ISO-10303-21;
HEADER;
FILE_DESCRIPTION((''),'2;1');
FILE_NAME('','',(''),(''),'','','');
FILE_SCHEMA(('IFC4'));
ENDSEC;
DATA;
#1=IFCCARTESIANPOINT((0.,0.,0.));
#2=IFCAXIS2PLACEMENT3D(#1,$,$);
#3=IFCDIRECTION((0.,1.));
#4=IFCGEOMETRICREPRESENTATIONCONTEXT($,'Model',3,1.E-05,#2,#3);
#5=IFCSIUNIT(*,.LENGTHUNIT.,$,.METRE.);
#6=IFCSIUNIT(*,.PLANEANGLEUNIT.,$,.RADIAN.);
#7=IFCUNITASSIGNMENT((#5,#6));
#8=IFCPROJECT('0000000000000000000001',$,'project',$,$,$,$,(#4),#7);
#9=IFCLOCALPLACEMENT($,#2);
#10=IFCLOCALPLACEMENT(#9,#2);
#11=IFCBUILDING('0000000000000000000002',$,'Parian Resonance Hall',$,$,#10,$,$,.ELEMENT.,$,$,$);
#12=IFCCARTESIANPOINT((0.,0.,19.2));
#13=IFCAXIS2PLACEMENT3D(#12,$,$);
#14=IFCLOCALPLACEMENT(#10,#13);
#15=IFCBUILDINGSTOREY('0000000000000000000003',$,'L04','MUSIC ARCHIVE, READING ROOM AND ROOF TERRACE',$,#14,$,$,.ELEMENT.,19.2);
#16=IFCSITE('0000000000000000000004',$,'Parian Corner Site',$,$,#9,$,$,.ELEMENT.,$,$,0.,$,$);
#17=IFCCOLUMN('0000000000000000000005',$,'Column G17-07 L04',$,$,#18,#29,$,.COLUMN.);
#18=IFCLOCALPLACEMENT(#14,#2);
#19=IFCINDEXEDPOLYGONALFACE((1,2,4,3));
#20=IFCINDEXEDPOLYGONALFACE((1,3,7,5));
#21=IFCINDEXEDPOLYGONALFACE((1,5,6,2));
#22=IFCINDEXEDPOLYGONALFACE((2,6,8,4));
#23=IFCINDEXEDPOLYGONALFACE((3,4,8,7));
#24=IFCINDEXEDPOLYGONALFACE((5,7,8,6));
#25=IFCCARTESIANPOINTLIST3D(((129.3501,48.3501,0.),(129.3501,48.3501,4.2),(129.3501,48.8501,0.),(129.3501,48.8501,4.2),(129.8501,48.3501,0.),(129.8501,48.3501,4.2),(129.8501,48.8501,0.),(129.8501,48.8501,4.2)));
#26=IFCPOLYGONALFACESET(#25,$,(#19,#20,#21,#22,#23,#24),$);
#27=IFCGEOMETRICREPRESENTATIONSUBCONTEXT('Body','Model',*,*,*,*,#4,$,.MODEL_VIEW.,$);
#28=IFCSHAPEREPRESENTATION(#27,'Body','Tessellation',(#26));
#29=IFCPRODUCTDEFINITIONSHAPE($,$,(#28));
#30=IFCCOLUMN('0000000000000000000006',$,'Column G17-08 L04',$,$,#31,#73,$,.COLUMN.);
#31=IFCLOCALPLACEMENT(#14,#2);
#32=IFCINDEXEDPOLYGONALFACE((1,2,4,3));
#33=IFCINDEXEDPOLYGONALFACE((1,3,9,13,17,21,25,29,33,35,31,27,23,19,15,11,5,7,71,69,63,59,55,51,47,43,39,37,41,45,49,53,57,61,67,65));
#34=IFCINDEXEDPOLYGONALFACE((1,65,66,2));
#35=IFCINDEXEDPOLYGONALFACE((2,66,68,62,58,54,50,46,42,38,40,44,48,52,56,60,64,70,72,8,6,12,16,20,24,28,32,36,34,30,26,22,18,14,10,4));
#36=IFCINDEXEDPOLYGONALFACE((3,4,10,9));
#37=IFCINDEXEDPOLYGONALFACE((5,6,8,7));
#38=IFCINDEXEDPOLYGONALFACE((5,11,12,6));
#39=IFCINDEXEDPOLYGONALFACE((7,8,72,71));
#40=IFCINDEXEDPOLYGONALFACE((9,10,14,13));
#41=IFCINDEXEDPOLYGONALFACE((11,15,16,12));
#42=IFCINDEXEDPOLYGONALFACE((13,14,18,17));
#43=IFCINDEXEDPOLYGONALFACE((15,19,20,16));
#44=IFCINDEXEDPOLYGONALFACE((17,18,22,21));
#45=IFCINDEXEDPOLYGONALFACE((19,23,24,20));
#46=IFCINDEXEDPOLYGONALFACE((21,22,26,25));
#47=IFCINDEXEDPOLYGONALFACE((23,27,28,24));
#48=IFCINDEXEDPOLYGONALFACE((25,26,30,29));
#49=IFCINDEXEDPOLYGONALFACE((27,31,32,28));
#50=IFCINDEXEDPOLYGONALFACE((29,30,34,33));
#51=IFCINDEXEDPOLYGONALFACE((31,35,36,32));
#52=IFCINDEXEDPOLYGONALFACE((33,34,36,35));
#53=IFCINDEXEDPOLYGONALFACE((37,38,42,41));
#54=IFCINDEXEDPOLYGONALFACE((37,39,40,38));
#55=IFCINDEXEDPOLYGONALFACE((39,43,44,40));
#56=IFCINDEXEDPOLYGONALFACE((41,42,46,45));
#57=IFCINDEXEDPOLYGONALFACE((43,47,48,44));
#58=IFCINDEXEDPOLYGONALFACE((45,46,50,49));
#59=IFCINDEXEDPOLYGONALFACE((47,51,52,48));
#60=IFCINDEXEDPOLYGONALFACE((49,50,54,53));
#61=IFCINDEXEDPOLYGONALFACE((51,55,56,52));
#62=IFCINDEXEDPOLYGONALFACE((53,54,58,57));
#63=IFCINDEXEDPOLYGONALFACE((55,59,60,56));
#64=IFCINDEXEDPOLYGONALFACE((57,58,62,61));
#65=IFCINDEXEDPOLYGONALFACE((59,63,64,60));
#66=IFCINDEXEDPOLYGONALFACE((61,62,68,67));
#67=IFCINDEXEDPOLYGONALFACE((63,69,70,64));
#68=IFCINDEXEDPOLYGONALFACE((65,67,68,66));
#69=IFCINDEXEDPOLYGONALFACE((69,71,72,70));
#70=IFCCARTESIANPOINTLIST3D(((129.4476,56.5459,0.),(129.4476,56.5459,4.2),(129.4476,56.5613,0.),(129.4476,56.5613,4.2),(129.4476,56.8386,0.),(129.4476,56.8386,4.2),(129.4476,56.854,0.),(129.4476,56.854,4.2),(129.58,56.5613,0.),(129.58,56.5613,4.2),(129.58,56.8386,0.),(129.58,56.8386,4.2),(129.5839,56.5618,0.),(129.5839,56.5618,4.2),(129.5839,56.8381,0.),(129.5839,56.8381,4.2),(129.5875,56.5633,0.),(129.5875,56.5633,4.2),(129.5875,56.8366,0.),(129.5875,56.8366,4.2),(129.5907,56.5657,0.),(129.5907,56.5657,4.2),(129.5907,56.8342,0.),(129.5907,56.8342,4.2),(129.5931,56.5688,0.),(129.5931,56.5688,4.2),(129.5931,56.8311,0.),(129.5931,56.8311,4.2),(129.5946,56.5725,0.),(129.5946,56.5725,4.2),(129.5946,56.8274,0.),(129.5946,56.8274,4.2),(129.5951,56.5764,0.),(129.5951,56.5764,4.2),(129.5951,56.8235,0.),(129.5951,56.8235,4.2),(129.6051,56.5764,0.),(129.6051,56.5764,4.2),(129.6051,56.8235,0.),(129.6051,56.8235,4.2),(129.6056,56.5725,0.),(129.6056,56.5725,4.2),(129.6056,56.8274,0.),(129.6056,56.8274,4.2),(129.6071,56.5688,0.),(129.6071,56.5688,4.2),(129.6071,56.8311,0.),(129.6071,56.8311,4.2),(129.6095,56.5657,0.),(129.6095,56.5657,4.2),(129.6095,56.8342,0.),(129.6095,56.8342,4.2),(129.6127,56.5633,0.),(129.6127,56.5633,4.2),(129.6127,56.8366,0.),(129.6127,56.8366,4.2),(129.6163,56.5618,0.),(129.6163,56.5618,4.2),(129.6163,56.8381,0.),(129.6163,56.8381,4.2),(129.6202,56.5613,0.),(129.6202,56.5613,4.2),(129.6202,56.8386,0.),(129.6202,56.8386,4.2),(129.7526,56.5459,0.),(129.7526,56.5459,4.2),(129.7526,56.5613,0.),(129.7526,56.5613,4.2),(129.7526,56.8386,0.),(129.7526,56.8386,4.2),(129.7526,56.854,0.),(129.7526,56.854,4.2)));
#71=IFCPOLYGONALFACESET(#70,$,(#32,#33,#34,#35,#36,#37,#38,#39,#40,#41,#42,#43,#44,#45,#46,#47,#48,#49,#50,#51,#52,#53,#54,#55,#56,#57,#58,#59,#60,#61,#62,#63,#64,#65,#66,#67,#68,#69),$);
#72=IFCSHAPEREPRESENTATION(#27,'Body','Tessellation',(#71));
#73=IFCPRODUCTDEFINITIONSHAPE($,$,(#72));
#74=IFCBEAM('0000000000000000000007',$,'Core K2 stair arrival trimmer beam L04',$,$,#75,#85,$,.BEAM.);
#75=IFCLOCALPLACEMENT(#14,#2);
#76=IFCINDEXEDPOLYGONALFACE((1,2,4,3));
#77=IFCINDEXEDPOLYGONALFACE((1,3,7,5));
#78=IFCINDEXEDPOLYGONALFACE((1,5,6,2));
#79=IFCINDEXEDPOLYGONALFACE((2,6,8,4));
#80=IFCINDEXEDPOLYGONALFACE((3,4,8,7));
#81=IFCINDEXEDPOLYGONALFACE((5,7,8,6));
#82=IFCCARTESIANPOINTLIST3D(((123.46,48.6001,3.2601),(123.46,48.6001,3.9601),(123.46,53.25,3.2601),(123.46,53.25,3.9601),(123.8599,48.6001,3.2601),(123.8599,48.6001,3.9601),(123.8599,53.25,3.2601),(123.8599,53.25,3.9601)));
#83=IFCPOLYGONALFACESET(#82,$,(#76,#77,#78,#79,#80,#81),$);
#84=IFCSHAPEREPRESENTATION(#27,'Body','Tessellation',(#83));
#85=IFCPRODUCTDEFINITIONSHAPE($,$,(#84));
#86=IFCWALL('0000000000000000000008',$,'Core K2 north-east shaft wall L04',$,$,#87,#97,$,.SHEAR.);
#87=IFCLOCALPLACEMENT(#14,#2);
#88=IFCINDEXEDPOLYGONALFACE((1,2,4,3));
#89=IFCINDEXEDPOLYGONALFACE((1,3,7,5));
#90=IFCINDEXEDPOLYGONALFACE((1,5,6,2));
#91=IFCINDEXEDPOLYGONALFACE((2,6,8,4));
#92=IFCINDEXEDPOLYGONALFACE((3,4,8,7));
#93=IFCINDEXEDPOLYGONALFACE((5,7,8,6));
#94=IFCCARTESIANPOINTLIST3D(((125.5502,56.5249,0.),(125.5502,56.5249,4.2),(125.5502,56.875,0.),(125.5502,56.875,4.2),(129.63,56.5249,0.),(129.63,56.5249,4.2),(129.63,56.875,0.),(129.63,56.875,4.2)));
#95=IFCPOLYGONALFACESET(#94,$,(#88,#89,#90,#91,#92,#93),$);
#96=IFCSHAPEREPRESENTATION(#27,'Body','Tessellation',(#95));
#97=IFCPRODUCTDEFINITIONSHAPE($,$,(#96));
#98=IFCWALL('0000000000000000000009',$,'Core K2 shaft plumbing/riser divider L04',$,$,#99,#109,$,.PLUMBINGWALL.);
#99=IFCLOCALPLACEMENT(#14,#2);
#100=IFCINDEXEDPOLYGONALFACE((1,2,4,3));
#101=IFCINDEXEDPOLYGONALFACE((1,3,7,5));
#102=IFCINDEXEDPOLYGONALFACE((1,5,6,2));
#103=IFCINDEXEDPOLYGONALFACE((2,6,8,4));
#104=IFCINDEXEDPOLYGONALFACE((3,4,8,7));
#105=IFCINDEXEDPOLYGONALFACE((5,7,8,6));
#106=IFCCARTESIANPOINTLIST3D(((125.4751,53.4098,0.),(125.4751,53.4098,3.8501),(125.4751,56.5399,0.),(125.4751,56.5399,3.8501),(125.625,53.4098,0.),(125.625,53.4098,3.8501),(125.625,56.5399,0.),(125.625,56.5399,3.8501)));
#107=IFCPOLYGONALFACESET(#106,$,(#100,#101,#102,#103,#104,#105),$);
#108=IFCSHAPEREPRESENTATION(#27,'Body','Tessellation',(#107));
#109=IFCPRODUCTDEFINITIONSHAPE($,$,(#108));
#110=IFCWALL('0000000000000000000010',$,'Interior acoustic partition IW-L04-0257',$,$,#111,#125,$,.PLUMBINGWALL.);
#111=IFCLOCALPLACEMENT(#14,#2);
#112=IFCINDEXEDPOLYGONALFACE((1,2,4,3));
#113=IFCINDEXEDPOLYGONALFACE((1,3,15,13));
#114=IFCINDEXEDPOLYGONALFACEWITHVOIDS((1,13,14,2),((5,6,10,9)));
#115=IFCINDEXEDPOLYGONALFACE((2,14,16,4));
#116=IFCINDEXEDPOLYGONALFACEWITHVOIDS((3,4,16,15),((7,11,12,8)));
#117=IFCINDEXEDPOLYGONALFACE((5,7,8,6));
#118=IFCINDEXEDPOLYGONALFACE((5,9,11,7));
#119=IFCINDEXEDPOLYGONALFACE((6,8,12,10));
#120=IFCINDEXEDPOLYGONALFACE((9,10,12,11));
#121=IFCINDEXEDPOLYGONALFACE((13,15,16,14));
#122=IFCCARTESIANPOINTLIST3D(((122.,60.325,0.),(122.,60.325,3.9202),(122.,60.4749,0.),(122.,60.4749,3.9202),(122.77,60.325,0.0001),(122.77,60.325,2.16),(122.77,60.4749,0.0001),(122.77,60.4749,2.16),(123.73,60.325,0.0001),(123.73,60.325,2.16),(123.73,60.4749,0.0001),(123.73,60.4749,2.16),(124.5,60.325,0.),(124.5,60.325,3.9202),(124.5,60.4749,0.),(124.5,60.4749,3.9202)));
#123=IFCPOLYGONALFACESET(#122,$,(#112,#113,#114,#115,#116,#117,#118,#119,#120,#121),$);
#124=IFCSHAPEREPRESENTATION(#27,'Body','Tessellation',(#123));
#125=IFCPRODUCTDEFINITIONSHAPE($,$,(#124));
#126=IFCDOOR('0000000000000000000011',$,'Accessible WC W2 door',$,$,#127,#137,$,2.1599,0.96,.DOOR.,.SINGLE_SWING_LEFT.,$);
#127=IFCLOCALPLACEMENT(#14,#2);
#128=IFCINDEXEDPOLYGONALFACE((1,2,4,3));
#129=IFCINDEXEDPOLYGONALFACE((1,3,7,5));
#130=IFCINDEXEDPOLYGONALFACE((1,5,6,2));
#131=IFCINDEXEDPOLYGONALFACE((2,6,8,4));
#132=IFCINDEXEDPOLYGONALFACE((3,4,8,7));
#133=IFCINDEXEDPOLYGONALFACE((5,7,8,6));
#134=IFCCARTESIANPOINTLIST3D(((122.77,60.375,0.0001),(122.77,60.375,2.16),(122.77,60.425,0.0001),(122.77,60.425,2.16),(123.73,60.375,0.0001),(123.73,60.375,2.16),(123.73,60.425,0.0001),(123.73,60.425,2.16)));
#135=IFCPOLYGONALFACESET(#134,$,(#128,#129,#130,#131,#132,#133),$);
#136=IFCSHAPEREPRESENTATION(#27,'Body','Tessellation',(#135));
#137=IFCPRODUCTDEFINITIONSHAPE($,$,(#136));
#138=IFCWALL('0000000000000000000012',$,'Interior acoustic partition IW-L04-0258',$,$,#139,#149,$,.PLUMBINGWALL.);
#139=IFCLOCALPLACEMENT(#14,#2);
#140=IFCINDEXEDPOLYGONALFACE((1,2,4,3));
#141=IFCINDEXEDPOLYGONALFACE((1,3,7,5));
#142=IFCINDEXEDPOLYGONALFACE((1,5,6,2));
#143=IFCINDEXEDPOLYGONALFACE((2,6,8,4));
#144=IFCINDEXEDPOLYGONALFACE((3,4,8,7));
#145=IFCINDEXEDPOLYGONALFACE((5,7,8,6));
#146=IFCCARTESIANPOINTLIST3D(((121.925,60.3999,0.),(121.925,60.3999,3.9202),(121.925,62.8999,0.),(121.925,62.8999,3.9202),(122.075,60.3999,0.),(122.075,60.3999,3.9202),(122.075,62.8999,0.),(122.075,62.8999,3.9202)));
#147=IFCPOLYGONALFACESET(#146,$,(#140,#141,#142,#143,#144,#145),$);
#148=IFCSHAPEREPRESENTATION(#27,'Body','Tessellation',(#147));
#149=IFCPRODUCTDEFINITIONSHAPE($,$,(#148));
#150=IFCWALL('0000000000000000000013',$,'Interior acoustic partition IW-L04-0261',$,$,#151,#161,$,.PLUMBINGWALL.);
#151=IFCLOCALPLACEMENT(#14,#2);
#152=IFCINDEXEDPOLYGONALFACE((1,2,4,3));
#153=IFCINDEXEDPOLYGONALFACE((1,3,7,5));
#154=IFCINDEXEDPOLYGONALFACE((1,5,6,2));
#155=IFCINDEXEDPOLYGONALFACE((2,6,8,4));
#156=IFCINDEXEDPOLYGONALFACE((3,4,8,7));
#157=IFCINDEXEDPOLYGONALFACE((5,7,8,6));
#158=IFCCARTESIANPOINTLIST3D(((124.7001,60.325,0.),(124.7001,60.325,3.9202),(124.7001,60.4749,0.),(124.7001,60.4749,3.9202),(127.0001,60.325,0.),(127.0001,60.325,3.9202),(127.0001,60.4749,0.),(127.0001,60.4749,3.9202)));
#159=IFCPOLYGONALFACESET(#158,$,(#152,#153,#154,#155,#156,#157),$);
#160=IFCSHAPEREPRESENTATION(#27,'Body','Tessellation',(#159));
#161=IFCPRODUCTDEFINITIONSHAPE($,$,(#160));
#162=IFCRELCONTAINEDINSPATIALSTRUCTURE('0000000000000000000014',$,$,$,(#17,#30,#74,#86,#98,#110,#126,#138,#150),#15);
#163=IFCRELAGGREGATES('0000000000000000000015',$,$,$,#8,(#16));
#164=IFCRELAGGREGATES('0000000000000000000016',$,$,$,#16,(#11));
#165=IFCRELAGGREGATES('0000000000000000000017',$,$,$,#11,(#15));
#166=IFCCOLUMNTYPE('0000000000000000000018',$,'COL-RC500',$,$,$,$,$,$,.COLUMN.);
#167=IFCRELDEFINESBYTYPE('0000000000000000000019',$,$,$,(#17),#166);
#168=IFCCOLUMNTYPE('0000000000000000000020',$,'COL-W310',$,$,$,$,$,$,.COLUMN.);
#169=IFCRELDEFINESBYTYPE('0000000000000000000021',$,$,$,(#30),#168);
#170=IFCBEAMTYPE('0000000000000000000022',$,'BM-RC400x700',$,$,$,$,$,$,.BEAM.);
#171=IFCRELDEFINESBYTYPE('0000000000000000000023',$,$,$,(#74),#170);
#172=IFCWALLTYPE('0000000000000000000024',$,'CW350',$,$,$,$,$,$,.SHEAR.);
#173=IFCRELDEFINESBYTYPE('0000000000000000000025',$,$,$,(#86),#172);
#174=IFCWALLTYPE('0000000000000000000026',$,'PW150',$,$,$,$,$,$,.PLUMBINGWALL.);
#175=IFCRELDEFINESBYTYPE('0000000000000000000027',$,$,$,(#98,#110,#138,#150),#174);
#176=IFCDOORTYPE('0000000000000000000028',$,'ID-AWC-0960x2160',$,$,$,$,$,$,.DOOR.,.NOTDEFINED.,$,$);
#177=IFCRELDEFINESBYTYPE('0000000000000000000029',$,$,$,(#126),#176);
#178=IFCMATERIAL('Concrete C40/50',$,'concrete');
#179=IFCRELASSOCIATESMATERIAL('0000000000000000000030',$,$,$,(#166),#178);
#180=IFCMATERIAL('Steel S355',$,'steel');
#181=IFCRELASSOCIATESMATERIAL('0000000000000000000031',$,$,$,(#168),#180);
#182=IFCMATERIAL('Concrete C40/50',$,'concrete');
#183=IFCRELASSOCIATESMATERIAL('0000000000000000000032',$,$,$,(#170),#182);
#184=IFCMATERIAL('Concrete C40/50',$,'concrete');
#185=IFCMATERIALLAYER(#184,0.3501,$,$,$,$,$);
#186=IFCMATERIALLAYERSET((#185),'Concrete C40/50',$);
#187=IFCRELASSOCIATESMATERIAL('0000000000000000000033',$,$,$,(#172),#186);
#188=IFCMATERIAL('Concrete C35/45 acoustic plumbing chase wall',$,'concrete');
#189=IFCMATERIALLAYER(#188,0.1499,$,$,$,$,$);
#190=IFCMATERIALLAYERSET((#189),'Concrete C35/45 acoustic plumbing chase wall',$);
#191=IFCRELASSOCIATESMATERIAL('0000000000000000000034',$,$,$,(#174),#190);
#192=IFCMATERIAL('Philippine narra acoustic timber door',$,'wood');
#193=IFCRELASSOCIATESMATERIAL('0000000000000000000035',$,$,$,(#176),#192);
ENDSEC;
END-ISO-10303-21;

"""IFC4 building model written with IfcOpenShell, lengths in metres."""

from ifc_helpers import new_model, si_unit, direction, frame, frame_2d, origin, origin_2d, place, context, subcontext, project, spatial, rectangle, i_section, extrude, material, layer, layer_set, material_profile, profile_set, type_object, element, fill, save


model = new_model("IFC4")

# Units and contexts
model_context = context("Model", 3, precision=1e-05, world=origin(), true_north=direction((0.0, 1.0)))
body_context = subcontext(model_context, "Body", "Model", "MODEL_VIEW")
ifc_project = project(units=[si_unit("LENGTHUNIT", "METRE"), si_unit("PLANEANGLEUNIT", "RADIAN")], contexts=[model_context])

# Site, building, storey
site_placement = place(None, origin())
site = spatial("IfcSite", under=ifc_project, at=site_placement, Name="Parian Corner Site", CompositionType="ELEMENT", RefElevation=0.0)
building_placement = place(site_placement, origin())
building = spatial("IfcBuilding", under=site, at=building_placement, Name="Parian Resonance Hall", CompositionType="ELEMENT")
storey_placement = place(building_placement, frame((0.0, 0.0, 19.2)))
storey = spatial("IfcBuildingStorey", under=building, at=storey_placement, Name="L04", Description="MUSIC ARCHIVE, READING ROOM AND ROOF TERRACE", CompositionType="ELEMENT", Elevation=19.2)

# Columns
ifc_material_1 = material(Name="Concrete C40/50", Category="concrete")
ifc_material_profile_1 = material_profile(ifc_material_1, rectangle(XDim=0.5, YDim=0.5, at=origin_2d()), Name="RC-COL-500x500")
ifc_profile_set_1 = profile_set([ifc_material_profile_1], Name="Concrete C40/50")
column_type_1 = type_object("IfcColumnType", Name="COL-RC500", PredefinedType="COLUMN", material=ifc_profile_set_1)
column_1_placement = place(storey_placement, frame((129.6001, 48.6001, 0.0), z_axis=(0.0, 0.0, 1.0), x_axis=(1.0, 0.0, 0.0)))
element("IfcColumn", 1, at=column_1_placement, inside=storey, type_object=column_type_1, Name="Column G17-07 L04", PredefinedType="COLUMN", context=body_context, shape_type="SweptSolid", body=[
    extrude(rectangle(XDim=0.5, YDim=0.5, at=origin_2d()), origin(), (0.0, 0.0, 1.0), 4.2),
])
ifc_material_2 = material(Name="Steel S355", Category="steel")
ifc_material_profile_2 = material_profile(ifc_material_2, i_section(OverallWidth=0.3049, OverallDepth=0.3081, WebThickness=0.01, FlangeThickness=0.0154, FilletRadius=0.0151, at=origin_2d()), Name="W310x97")
ifc_profile_set_2 = profile_set([ifc_material_profile_2], Name="Steel S355")
column_type_2 = type_object("IfcColumnType", Name="COL-W310", PredefinedType="COLUMN", material=ifc_profile_set_2)
column_2_placement = place(storey_placement, frame((129.6001, 56.7, 0.0), z_axis=(0.0, 0.0, 1.0), x_axis=(1.0, 0.0, 0.0)))
element("IfcColumn", 2, at=column_2_placement, inside=storey, type_object=column_type_2, Name="Column G17-08 L04", PredefinedType="COLUMN", context=body_context, shape_type="SweptSolid", body=[
    extrude(i_section(OverallWidth=0.3049, OverallDepth=0.3081, WebThickness=0.01, FlangeThickness=0.0154, FilletRadius=0.0151, at=origin_2d()), origin(), (0.0, 0.0, 1.0), 4.2),
])

# Beam
ifc_material_3 = material(Name="Concrete C40/50", Category="concrete")
ifc_material_profile_3 = material_profile(ifc_material_3, rectangle(XDim=0.3999, YDim=0.7, at=origin_2d()), Name="RC-BM-400x700")
ifc_profile_set_3 = profile_set([ifc_material_profile_3], Name="Concrete C40/50")
beam_type = type_object("IfcBeamType", Name="BM-RC400x700", PredefinedType="BEAM", material=ifc_profile_set_3)
beam_placement = place(storey_placement, frame((123.6599, 48.6001, 3.6101), z_axis=(0.0, 1.0, 0.0), x_axis=(-1.0, 0.0, 0.0)))
element("IfcBeam", 3, at=beam_placement, inside=storey, type_object=beam_type, Name="Core K2 stair arrival trimmer beam L04", PredefinedType="BEAM", context=body_context, shape_type="SweptSolid", body=[
    extrude(rectangle(XDim=0.3999, YDim=0.7, at=origin_2d()), origin(), (0.0, 0.0, 1.0), 4.6499),
])

# Walls
ifc_material_4 = material(Name="Concrete C40/50", Category="concrete")
ifc_layer_1 = layer(ifc_material_4, 0.3501)
ifc_layer_set_1 = layer_set([ifc_layer_1], Name="Concrete C40/50")
wall_type_1 = type_object("IfcWallType", Name="CW350", PredefinedType="SHEAR", material=ifc_layer_set_1)
wall_1_placement = place(storey_placement, frame((125.55, 56.7, 0.0), z_axis=(0.0, 0.0, 1.0), x_axis=(1.0, 0.0, 0.0)))
element("IfcWall", 4, at=wall_1_placement, inside=storey, type_object=wall_type_1, Name="Core K2 north-east shaft wall L04", PredefinedType="SHEAR", context=body_context, shape_type="SweptSolid", body=[
    extrude(rectangle(XDim=4.0798, YDim=0.3501, at=frame_2d((2.04, 0.0))), origin(), (0.0, 0.0, 1.0), 4.2),
])
ifc_material_5 = material(Name="Concrete C35/45 acoustic plumbing chase wall", Category="concrete")
ifc_layer_2 = layer(ifc_material_5, 0.1499)
ifc_layer_set_2 = layer_set([ifc_layer_2], Name="Concrete C35/45 acoustic plumbing chase wall")
wall_type_2 = type_object("IfcWallType", Name="PW150", PredefinedType="PLUMBINGWALL", material=ifc_layer_set_2)
wall_2_placement = place(storey_placement, frame((125.55, 53.4099, 0.0), z_axis=(0.0, 0.0, 1.0), x_axis=(0.0, 1.0, 0.0)))
element("IfcWall", 5, at=wall_2_placement, inside=storey, type_object=wall_type_2, Name="Core K2 shaft plumbing/riser divider L04", PredefinedType="PLUMBINGWALL", context=body_context, shape_type="SweptSolid", body=[
    extrude(rectangle(XDim=3.1301, YDim=0.1499, at=frame_2d((1.5649, 0.0))), origin(), (0.0, 0.0, 1.0), 3.8501),
])

# Wall, opening, door
wall_3_placement = place(storey_placement, frame((124.5, 60.3999, 0.0), z_axis=(0.0, 0.0, 1.0), x_axis=(-1.0, 0.0, 0.0)))
wall_3 = element("IfcWall", 6, at=wall_3_placement, inside=storey, type_object=wall_type_2, Name="Interior acoustic partition IW-L04-0257", PredefinedType="PLUMBINGWALL", context=body_context, shape_type="SweptSolid", body=[
    extrude(rectangle(XDim=2.5, YDim=0.1499, at=frame_2d((1.25, 0.0))), origin(), (0.0, 0.0, 1.0), 3.9202),
])
opening_placement = place(wall_3_placement, frame((0.77, 0.0, 0.0)))
opening = element("IfcOpeningElement", 7, at=opening_placement, cuts=wall_3, PredefinedType="OPENING", context=body_context, shape_type="SweptSolid", body=[
    extrude(rectangle(XDim=0.96, YDim=2.1599, at=frame_2d((0.48, 1.0801))), frame((0.0, 0.085, 0.0), z_axis=(0.0, -1.0, 0.0), x_axis=(1.0, 0.0, 0.0)), (0.0, 0.0, 1.0), 0.1699),
])
ifc_material_6 = material(Name="Philippine narra acoustic timber door", Category="wood")
door_type = type_object("IfcDoorType", Name="ID-AWC-0960x2160", OperationType="NOTDEFINED", PredefinedType="DOOR", material=ifc_material_6)
door_placement = place(opening_placement, origin())
door = element("IfcDoor", 8, at=door_placement, inside=storey, type_object=door_type, Name="Accessible WC W2 door", OperationType="SINGLE_SWING_LEFT", OverallHeight=2.1599, OverallWidth=0.96, PredefinedType="DOOR", context=body_context, shape_type="SweptSolid", body=[
    extrude(rectangle(XDim=0.96, YDim=2.1599, at=frame_2d((0.48, 1.0801))), frame((0.0, 0.0249, 0.0), z_axis=(0.0, -1.0, 0.0), x_axis=(1.0, 0.0, 0.0)), (0.0, 0.0, 1.0), 0.05),
])
fill(opening, door)

# Walls
wall_4_placement = place(storey_placement, frame((122.0, 60.3999, 0.0), z_axis=(0.0, 0.0, 1.0), x_axis=(0.0, 1.0, 0.0)))
element("IfcWall", 9, at=wall_4_placement, inside=storey, type_object=wall_type_2, Name="Interior acoustic partition IW-L04-0258", PredefinedType="PLUMBINGWALL", context=body_context, shape_type="SweptSolid", body=[
    extrude(rectangle(XDim=2.5, YDim=0.1499, at=frame_2d((1.25, 0.0))), origin(), (0.0, 0.0, 1.0), 3.9202),
])
wall_5_placement = place(storey_placement, frame((127.0, 60.3999, 0.0), z_axis=(0.0, 0.0, 1.0), x_axis=(-1.0, 0.0, 0.0)))
element("IfcWall", 10, at=wall_5_placement, inside=storey, type_object=wall_type_2, Name="Interior acoustic partition IW-L04-0261", PredefinedType="PLUMBINGWALL", context=body_context, shape_type="SweptSolid", body=[
    extrude(rectangle(XDim=2.3, YDim=0.1499, at=frame_2d((1.1499, 0.0))), origin(), (0.0, 0.0, 1.0), 3.9202),
])

save(model, "model.ifc")
